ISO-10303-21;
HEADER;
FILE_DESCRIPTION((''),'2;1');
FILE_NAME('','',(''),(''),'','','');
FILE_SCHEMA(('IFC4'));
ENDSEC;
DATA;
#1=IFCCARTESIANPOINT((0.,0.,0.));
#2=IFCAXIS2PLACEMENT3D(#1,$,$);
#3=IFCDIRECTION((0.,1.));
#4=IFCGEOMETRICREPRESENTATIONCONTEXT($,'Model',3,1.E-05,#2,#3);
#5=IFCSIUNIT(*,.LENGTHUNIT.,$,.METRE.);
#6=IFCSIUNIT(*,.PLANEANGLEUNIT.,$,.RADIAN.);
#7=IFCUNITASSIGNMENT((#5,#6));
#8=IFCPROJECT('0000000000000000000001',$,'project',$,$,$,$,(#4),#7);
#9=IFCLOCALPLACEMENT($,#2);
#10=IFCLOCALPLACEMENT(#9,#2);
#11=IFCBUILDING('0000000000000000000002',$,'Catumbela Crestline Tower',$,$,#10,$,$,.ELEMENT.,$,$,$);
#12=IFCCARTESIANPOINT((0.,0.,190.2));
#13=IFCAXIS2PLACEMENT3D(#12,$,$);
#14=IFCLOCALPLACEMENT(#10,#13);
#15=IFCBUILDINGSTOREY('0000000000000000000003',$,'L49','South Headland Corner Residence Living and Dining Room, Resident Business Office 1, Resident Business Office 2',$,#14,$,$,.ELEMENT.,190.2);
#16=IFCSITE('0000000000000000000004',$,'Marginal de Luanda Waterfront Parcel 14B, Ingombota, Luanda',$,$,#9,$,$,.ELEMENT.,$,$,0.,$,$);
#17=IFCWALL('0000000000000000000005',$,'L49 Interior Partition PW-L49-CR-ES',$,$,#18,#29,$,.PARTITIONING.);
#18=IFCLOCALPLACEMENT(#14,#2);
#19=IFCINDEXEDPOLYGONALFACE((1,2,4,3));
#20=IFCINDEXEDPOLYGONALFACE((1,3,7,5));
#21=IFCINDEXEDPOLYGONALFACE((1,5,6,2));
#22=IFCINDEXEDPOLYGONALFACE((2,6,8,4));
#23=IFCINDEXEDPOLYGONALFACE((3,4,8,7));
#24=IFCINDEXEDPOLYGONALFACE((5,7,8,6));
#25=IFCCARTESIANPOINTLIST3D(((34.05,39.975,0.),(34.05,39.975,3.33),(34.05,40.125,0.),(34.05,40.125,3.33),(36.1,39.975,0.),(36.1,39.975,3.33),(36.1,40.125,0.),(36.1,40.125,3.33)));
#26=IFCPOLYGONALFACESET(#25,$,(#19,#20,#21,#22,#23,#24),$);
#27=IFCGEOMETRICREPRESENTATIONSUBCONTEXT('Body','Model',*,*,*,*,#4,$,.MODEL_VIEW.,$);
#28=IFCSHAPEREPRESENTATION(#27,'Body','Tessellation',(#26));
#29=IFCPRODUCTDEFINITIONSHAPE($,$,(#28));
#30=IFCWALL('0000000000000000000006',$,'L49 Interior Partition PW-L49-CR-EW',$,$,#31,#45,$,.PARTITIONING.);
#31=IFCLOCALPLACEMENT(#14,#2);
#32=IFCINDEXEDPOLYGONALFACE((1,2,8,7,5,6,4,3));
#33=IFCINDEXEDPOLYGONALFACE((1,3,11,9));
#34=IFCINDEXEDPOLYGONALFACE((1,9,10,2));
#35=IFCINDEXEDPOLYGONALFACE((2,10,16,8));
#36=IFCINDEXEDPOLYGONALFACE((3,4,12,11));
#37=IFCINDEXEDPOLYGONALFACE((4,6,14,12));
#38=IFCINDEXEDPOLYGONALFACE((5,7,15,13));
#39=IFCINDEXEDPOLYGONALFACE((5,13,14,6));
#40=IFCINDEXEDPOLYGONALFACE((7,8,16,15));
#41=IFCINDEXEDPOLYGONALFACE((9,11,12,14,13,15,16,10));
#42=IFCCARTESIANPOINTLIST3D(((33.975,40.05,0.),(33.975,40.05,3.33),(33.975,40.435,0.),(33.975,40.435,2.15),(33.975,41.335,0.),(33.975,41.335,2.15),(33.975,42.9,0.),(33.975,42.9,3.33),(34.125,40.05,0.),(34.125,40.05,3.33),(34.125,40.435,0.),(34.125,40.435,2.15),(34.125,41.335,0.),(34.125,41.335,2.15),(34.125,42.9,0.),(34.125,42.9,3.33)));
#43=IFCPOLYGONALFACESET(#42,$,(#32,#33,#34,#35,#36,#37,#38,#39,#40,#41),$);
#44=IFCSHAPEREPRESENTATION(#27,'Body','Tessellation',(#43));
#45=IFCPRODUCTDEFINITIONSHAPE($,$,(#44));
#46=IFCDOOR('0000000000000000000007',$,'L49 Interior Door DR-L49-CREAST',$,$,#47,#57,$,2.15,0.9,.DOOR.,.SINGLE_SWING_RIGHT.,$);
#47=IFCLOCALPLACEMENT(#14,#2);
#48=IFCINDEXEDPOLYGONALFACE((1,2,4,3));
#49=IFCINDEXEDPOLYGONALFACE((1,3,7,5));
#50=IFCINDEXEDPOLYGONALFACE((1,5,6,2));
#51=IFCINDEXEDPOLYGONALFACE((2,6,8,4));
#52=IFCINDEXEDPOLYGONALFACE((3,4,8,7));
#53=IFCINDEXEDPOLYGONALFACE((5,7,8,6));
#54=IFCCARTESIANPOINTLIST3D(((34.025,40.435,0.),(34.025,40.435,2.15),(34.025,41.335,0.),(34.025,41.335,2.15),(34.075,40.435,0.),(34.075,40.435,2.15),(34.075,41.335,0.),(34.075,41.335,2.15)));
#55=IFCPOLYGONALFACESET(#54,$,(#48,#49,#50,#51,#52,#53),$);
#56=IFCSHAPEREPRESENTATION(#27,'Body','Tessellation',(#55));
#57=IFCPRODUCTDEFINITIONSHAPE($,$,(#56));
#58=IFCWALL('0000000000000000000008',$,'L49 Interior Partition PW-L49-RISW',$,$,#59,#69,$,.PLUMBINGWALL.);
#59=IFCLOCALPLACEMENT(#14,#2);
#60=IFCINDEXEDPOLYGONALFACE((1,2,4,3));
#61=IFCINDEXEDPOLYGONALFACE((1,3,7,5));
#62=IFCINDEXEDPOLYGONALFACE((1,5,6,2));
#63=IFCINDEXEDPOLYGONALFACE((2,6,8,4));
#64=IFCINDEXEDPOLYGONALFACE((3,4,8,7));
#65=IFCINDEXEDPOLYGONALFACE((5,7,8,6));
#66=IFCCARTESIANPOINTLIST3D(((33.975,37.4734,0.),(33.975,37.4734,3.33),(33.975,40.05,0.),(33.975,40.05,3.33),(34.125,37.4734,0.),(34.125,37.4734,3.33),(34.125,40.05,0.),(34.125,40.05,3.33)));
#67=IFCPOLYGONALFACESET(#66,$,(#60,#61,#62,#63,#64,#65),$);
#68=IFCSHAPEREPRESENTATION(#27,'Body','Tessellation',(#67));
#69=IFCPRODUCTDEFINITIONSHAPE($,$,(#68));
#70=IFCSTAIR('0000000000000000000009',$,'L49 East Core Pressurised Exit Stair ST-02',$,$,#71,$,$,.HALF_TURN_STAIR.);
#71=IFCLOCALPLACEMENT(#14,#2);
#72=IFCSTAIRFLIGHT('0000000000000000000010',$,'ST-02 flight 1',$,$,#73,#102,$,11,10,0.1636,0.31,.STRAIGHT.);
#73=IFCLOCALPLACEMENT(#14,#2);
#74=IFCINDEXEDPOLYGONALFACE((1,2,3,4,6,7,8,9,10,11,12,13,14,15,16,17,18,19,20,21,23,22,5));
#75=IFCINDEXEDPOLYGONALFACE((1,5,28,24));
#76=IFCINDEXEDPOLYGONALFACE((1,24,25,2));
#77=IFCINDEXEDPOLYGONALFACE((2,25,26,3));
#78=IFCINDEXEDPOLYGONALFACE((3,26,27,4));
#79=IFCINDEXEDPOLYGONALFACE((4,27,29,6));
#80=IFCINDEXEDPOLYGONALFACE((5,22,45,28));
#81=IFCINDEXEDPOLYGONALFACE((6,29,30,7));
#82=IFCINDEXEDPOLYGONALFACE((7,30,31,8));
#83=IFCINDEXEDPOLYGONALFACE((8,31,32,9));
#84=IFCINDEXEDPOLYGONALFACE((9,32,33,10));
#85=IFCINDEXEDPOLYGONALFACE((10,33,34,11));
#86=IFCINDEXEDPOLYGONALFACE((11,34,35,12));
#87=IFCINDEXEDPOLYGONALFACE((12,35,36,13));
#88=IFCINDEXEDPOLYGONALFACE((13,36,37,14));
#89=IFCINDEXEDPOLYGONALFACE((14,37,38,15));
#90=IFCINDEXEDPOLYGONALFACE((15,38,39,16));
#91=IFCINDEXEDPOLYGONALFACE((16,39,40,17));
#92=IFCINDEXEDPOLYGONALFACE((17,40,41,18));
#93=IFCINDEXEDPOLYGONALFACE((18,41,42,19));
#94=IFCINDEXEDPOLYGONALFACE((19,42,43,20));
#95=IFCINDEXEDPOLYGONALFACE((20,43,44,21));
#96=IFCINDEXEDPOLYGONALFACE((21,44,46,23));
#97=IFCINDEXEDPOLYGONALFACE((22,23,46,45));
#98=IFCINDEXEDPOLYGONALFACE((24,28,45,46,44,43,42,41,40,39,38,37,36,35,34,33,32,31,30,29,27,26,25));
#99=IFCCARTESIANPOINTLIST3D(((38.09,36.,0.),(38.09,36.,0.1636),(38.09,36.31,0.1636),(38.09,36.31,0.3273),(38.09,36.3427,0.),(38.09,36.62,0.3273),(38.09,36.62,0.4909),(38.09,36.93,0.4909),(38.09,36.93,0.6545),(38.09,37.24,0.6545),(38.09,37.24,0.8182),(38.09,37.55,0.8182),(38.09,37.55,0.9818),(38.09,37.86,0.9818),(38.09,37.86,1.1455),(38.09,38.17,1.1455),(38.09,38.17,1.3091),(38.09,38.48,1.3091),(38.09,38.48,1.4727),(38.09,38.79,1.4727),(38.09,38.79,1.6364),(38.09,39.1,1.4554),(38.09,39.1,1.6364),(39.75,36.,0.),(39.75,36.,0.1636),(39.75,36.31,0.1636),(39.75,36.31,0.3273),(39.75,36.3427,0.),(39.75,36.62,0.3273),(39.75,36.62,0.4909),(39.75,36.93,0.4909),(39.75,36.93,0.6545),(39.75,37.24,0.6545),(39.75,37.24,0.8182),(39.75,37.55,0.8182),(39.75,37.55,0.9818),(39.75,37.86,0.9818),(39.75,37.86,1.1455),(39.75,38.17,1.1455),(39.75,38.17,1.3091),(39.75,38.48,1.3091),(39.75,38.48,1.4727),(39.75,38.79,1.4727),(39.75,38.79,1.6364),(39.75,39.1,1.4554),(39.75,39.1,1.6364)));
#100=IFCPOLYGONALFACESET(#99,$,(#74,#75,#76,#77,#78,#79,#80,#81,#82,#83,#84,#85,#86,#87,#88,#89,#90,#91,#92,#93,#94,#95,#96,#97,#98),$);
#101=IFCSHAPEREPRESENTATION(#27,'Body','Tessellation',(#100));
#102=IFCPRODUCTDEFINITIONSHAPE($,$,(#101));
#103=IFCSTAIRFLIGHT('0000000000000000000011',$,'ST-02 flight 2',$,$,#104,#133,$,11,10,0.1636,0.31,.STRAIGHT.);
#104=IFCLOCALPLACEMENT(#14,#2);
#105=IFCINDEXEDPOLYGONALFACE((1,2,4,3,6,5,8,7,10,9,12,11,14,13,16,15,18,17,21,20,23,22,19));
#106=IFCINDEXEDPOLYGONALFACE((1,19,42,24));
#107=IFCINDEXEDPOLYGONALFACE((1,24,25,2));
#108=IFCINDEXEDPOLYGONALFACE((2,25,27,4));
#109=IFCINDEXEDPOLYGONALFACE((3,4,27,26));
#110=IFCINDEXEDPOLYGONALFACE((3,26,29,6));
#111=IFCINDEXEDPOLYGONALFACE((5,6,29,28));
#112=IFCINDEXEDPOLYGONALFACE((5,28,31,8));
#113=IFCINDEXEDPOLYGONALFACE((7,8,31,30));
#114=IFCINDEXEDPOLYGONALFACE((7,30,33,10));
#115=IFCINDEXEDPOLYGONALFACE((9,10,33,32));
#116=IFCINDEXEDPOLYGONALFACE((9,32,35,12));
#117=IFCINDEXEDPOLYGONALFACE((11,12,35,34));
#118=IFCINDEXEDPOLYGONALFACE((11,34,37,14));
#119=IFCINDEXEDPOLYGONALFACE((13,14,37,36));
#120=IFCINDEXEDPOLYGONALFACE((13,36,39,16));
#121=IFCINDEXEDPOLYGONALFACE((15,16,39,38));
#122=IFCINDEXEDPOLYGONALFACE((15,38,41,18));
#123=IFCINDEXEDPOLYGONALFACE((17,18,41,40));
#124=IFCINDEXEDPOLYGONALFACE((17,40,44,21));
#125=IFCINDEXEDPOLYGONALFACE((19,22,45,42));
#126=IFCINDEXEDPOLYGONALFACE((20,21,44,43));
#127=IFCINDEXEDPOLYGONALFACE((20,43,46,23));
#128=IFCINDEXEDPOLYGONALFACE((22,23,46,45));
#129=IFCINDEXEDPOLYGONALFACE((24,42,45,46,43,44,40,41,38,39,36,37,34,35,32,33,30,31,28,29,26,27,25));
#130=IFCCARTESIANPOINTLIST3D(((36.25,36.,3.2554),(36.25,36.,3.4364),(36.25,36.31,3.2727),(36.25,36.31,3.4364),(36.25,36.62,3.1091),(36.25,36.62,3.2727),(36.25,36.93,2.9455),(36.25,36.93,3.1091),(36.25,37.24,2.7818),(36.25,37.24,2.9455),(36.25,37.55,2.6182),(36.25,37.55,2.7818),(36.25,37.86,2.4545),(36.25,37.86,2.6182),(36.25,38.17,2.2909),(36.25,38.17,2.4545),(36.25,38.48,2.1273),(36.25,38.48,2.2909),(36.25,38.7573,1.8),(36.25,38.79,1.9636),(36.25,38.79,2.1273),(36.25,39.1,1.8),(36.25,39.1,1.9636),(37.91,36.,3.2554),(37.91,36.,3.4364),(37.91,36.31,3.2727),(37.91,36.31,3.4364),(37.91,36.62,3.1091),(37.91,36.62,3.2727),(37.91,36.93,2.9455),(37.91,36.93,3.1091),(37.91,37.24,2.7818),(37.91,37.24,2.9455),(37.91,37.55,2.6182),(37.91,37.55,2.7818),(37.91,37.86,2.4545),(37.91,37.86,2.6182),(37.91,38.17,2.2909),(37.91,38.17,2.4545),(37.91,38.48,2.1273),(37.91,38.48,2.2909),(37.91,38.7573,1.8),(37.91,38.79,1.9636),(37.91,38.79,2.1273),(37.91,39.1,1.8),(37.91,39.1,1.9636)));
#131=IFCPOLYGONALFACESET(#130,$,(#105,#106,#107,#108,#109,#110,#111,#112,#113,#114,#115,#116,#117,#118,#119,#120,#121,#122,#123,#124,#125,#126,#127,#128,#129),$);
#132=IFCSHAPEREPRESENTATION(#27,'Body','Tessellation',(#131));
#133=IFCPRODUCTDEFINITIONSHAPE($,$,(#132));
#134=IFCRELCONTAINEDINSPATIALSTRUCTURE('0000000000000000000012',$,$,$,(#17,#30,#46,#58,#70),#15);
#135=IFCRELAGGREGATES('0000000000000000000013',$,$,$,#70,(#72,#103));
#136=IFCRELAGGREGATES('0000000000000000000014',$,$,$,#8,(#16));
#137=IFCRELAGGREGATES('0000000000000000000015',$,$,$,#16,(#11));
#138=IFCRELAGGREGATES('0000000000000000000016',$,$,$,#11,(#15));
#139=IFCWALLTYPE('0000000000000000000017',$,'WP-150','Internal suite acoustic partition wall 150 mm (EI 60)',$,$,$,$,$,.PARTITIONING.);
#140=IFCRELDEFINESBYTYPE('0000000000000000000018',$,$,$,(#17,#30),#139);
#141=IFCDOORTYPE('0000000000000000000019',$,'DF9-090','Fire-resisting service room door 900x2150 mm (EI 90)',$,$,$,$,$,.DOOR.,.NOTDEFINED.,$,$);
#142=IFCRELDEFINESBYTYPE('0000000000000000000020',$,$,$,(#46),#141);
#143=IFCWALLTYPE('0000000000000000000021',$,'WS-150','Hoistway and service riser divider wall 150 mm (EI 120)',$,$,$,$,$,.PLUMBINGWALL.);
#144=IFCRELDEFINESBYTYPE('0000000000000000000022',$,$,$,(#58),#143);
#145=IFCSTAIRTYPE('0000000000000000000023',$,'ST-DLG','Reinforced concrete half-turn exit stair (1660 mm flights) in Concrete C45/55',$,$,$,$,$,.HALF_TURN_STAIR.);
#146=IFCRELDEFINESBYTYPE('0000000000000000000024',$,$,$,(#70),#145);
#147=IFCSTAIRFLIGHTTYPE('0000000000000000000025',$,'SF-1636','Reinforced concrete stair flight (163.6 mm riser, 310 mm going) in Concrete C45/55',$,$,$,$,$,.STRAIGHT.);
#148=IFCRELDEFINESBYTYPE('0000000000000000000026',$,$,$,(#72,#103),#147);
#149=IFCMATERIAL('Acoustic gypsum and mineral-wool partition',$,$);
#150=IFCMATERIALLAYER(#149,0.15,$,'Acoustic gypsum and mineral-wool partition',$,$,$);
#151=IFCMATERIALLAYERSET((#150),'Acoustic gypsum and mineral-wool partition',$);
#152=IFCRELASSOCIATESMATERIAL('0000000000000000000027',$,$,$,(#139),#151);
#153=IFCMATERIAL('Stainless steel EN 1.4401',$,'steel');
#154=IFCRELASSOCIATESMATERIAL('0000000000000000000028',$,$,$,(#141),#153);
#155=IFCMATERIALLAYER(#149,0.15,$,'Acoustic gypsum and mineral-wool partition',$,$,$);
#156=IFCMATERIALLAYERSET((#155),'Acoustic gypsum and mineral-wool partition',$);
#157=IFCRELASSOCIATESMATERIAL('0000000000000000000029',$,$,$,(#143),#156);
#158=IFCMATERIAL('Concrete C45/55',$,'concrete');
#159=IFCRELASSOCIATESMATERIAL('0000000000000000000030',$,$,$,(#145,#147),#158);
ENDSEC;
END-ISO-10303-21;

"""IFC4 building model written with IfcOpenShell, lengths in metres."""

from ifc_helpers import new_model, si_unit, direction, frame, frame_2d, origin, place, context, subcontext, project, spatial, polyline, rectangle, outline, extrude, material, layer, layer_set, type_object, element, fill, aggregate, save


model = new_model("IFC4")

# Units and contexts
model_context = context("Model", 3, precision=1e-05, world=origin(), true_north=direction((0.0, 1.0)))
body_context = subcontext(model_context, "Body", "Model", "MODEL_VIEW")
ifc_project = project(units=[si_unit("LENGTHUNIT", "METRE"), si_unit("PLANEANGLEUNIT", "RADIAN")], contexts=[model_context])

# Site, building, storey
site_placement = place(None, origin())
site = spatial("IfcSite", under=ifc_project, at=site_placement, Name="Marginal de Luanda Waterfront Parcel 14B, Ingombota, Luanda", CompositionType="ELEMENT", RefElevation=0.0)
building_placement = place(site_placement, origin())
building = spatial("IfcBuilding", under=site, at=building_placement, Name="Catumbela Crestline Tower", CompositionType="ELEMENT")
storey_placement = place(building_placement, frame((0.0, 0.0, 190.2)))
storey = spatial("IfcBuildingStorey", under=building, at=storey_placement, Name="L49", Description="South Headland Corner Residence Living and Dining Room, Resident Business Office 1, Resident Business Office 2", CompositionType="ELEMENT", Elevation=190.2)

# Shared definitions
ifc_material_1 = material(Name="Acoustic gypsum and mineral-wool partition")

# Wall
ifc_layer_1 = layer(ifc_material_1, 0.15, Name="Acoustic gypsum and mineral-wool partition")
ifc_layer_set_1 = layer_set([ifc_layer_1], Name="Acoustic gypsum and mineral-wool partition")
wall_type_1 = type_object("IfcWallType", Name="WP-150", Description="Internal suite acoustic partition wall 150 mm (EI 60)", PredefinedType="PARTITIONING", material=ifc_layer_set_1)
wall_1_placement = place(storey_placement, frame((34.05, 40.05, 0.0), z_axis=(0.0, 0.0, 1.0), x_axis=(1.0, 0.0, 0.0)))
element("IfcWall", 1, at=wall_1_placement, inside=storey, type_object=wall_type_1, Name="L49 Interior Partition PW-L49-CR-ES", PredefinedType="PARTITIONING", context=body_context, shape_type="SweptSolid", body=[
    extrude(rectangle(XDim=2.05, YDim=0.15, at=frame_2d((1.025, 0.0))), origin(), (0.0, 0.0, 1.0), 3.33),
])

# Wall, opening, door
wall_2_placement = place(storey_placement, frame((34.05, 40.05, 0.0), z_axis=(0.0, 0.0, 1.0), x_axis=(0.0, 1.0, 0.0)))
wall_2 = element("IfcWall", 2, at=wall_2_placement, inside=storey, type_object=wall_type_1, Name="L49 Interior Partition PW-L49-CR-EW", PredefinedType="PARTITIONING", context=body_context, shape_type="SweptSolid", body=[
    extrude(rectangle(XDim=2.85, YDim=0.15, at=frame_2d((1.425, 0.0))), origin(), (0.0, 0.0, 1.0), 3.33),
])
opening_1_placement = place(wall_2_placement, frame((0.385, 0.0, 0.0)))
opening_1 = element("IfcOpeningElement", 3, at=opening_1_placement, cuts=wall_2, PredefinedType="OPENING", context=body_context, shape_type="SweptSolid", body=[
    extrude(rectangle(XDim=0.9, YDim=2.15, at=frame_2d((0.45, 1.075))), frame((0.0, 0.085, 0.0), z_axis=(0.0, -1.0, 0.0), x_axis=(1.0, 0.0, 0.0)), (0.0, 0.0, 1.0), 0.17),
])
ifc_material_2 = material(Name="Stainless steel EN 1.4401", Category="steel")
door_type_1 = type_object("IfcDoorType", Name="DF9-090", Description="Fire-resisting service room door 900x2150 mm (EI 90)", OperationType="NOTDEFINED", PredefinedType="DOOR", material=ifc_material_2)
door_1_placement = place(opening_1_placement, origin())
door_1 = element("IfcDoor", 4, at=door_1_placement, inside=storey, type_object=door_type_1, Name="L49 Interior Door DR-L49-CREAST", OperationType="SINGLE_SWING_RIGHT", OverallHeight=2.15, OverallWidth=0.9, PredefinedType="DOOR", context=body_context, shape_type="SweptSolid", body=[
    extrude(rectangle(XDim=0.9, YDim=2.15, at=frame_2d((0.45, 1.075))), frame((0.0, 0.025, 0.0), z_axis=(0.0, -1.0, 0.0), x_axis=(1.0, 0.0, 0.0)), (0.0, 0.0, 1.0), 0.05),
])
fill(opening_1, door_1)

# Wall
ifc_layer_2 = layer(ifc_material_1, 0.15, Name="Acoustic gypsum and mineral-wool partition")
ifc_layer_set_2 = layer_set([ifc_layer_2], Name="Acoustic gypsum and mineral-wool partition")
wall_type_2 = type_object("IfcWallType", Name="WS-150", Description="Hoistway and service riser divider wall 150 mm (EI 120)", PredefinedType="PLUMBINGWALL", material=ifc_layer_set_2)
wall_3_placement = place(storey_placement, frame((34.05, 37.4734, 0.0), z_axis=(0.0, 0.0, 1.0), x_axis=(0.0, 1.0, 0.0)))
element("IfcWall", 5, at=wall_3_placement, inside=storey, type_object=wall_type_2, Name="L49 Interior Partition PW-L49-RISW", PredefinedType="PLUMBINGWALL", context=body_context, shape_type="SweptSolid", body=[
    extrude(rectangle(XDim=2.5766, YDim=0.15, at=frame_2d((1.2883, 0.0))), origin(), (0.0, 0.0, 1.0), 3.33),
])

# Stair, stair flights
ifc_material_3 = material(Name="Concrete C45/55", Category="concrete")
stair_type = type_object("IfcStairType", Name="ST-DLG", Description="Reinforced concrete half-turn exit stair (1660 mm flights) in Concrete C45/55", PredefinedType="HALF_TURN_STAIR", material=ifc_material_3)
stair_placement = place(storey_placement, origin())
stair = element("IfcStair", 6, at=stair_placement, inside=storey, type_object=stair_type, Name="L49 East Core Pressurised Exit Stair ST-02", PredefinedType="HALF_TURN_STAIR")
stair_flight_type = type_object("IfcStairFlightType", Name="SF-1636", Description="Reinforced concrete stair flight (163.6 mm riser, 310 mm going) in Concrete C45/55", PredefinedType="STRAIGHT", material=ifc_material_3)
stair_flight_1_placement = place(storey_placement, frame((38.92, 36.0, 0.0), z_axis=(0.0, 0.0, 1.0), x_axis=(0.0, 1.0, 0.0)))
stair_flight_1 = element("IfcStairFlight", 7, at=stair_flight_1_placement, type_object=stair_flight_type, Name="ST-02 flight 1", NumberOfRisers=11, NumberOfTreads=10, PredefinedType="STRAIGHT", RiserHeight=0.1636, TreadLength=0.31, context=body_context, shape_type="SweptSolid", body=[
    extrude(outline(polyline([(0.0, 0.0), (0.0, 0.1636), (0.31, 0.1636), (0.31, 0.3273), (0.62, 0.3273), (0.62, 0.4909), (0.93, 0.4909), (0.93, 0.6545), (1.24, 0.6545), (1.24, 0.8182), (1.55, 0.8182), (1.55, 0.9818), (1.86, 0.9818), (1.86, 1.1455), (2.17, 1.1455), (2.17, 1.3091), (2.48, 1.3091), (2.48, 1.4727), (2.79, 1.4727), (2.79, 1.6364), (3.1, 1.6364), (3.1, 1.8), (3.1, 1.4554), (0.3427, 0.0), (0.0, 0.0)])), frame((0.0, 0.83, 0.0), z_axis=(0.0, -1.0, 0.0), x_axis=(1.0, 0.0, 0.0)), (0.0, 0.0, 1.0), 1.66),
])
stair_flight_2_placement = place(storey_placement, frame((37.08, 39.1, 1.8), z_axis=(0.0, 0.0, 1.0), x_axis=(0.0, -1.0, 0.0)))
stair_flight_2 = element("IfcStairFlight", 8, at=stair_flight_2_placement, type_object=stair_flight_type, Name="ST-02 flight 2", NumberOfRisers=11, NumberOfTreads=10, PredefinedType="STRAIGHT", RiserHeight=0.1636, TreadLength=0.31, context=body_context, shape_type="SweptSolid", body=[
    extrude(outline(polyline([(0.0, 0.0), (0.0, 0.1636), (0.31, 0.1636), (0.31, 0.3273), (0.62, 0.3273), (0.62, 0.4909), (0.93, 0.4909), (0.93, 0.6545), (1.24, 0.6545), (1.24, 0.8182), (1.55, 0.8182), (1.55, 0.9818), (1.86, 0.9818), (1.86, 1.1455), (2.17, 1.1455), (2.17, 1.3091), (2.48, 1.3091), (2.48, 1.4727), (2.79, 1.4727), (2.79, 1.6364), (3.1, 1.6364), (3.1, 1.8), (3.1, 1.4554), (0.3427, 0.0), (0.0, 0.0)])), frame((0.0, 0.83, 0.0), z_axis=(0.0, -1.0, 0.0), x_axis=(1.0, 0.0, 0.0)), (0.0, 0.0, 1.0), 1.66),
])
aggregate(stair, [stair_flight_1, stair_flight_2])

save(model, "model.ifc")
